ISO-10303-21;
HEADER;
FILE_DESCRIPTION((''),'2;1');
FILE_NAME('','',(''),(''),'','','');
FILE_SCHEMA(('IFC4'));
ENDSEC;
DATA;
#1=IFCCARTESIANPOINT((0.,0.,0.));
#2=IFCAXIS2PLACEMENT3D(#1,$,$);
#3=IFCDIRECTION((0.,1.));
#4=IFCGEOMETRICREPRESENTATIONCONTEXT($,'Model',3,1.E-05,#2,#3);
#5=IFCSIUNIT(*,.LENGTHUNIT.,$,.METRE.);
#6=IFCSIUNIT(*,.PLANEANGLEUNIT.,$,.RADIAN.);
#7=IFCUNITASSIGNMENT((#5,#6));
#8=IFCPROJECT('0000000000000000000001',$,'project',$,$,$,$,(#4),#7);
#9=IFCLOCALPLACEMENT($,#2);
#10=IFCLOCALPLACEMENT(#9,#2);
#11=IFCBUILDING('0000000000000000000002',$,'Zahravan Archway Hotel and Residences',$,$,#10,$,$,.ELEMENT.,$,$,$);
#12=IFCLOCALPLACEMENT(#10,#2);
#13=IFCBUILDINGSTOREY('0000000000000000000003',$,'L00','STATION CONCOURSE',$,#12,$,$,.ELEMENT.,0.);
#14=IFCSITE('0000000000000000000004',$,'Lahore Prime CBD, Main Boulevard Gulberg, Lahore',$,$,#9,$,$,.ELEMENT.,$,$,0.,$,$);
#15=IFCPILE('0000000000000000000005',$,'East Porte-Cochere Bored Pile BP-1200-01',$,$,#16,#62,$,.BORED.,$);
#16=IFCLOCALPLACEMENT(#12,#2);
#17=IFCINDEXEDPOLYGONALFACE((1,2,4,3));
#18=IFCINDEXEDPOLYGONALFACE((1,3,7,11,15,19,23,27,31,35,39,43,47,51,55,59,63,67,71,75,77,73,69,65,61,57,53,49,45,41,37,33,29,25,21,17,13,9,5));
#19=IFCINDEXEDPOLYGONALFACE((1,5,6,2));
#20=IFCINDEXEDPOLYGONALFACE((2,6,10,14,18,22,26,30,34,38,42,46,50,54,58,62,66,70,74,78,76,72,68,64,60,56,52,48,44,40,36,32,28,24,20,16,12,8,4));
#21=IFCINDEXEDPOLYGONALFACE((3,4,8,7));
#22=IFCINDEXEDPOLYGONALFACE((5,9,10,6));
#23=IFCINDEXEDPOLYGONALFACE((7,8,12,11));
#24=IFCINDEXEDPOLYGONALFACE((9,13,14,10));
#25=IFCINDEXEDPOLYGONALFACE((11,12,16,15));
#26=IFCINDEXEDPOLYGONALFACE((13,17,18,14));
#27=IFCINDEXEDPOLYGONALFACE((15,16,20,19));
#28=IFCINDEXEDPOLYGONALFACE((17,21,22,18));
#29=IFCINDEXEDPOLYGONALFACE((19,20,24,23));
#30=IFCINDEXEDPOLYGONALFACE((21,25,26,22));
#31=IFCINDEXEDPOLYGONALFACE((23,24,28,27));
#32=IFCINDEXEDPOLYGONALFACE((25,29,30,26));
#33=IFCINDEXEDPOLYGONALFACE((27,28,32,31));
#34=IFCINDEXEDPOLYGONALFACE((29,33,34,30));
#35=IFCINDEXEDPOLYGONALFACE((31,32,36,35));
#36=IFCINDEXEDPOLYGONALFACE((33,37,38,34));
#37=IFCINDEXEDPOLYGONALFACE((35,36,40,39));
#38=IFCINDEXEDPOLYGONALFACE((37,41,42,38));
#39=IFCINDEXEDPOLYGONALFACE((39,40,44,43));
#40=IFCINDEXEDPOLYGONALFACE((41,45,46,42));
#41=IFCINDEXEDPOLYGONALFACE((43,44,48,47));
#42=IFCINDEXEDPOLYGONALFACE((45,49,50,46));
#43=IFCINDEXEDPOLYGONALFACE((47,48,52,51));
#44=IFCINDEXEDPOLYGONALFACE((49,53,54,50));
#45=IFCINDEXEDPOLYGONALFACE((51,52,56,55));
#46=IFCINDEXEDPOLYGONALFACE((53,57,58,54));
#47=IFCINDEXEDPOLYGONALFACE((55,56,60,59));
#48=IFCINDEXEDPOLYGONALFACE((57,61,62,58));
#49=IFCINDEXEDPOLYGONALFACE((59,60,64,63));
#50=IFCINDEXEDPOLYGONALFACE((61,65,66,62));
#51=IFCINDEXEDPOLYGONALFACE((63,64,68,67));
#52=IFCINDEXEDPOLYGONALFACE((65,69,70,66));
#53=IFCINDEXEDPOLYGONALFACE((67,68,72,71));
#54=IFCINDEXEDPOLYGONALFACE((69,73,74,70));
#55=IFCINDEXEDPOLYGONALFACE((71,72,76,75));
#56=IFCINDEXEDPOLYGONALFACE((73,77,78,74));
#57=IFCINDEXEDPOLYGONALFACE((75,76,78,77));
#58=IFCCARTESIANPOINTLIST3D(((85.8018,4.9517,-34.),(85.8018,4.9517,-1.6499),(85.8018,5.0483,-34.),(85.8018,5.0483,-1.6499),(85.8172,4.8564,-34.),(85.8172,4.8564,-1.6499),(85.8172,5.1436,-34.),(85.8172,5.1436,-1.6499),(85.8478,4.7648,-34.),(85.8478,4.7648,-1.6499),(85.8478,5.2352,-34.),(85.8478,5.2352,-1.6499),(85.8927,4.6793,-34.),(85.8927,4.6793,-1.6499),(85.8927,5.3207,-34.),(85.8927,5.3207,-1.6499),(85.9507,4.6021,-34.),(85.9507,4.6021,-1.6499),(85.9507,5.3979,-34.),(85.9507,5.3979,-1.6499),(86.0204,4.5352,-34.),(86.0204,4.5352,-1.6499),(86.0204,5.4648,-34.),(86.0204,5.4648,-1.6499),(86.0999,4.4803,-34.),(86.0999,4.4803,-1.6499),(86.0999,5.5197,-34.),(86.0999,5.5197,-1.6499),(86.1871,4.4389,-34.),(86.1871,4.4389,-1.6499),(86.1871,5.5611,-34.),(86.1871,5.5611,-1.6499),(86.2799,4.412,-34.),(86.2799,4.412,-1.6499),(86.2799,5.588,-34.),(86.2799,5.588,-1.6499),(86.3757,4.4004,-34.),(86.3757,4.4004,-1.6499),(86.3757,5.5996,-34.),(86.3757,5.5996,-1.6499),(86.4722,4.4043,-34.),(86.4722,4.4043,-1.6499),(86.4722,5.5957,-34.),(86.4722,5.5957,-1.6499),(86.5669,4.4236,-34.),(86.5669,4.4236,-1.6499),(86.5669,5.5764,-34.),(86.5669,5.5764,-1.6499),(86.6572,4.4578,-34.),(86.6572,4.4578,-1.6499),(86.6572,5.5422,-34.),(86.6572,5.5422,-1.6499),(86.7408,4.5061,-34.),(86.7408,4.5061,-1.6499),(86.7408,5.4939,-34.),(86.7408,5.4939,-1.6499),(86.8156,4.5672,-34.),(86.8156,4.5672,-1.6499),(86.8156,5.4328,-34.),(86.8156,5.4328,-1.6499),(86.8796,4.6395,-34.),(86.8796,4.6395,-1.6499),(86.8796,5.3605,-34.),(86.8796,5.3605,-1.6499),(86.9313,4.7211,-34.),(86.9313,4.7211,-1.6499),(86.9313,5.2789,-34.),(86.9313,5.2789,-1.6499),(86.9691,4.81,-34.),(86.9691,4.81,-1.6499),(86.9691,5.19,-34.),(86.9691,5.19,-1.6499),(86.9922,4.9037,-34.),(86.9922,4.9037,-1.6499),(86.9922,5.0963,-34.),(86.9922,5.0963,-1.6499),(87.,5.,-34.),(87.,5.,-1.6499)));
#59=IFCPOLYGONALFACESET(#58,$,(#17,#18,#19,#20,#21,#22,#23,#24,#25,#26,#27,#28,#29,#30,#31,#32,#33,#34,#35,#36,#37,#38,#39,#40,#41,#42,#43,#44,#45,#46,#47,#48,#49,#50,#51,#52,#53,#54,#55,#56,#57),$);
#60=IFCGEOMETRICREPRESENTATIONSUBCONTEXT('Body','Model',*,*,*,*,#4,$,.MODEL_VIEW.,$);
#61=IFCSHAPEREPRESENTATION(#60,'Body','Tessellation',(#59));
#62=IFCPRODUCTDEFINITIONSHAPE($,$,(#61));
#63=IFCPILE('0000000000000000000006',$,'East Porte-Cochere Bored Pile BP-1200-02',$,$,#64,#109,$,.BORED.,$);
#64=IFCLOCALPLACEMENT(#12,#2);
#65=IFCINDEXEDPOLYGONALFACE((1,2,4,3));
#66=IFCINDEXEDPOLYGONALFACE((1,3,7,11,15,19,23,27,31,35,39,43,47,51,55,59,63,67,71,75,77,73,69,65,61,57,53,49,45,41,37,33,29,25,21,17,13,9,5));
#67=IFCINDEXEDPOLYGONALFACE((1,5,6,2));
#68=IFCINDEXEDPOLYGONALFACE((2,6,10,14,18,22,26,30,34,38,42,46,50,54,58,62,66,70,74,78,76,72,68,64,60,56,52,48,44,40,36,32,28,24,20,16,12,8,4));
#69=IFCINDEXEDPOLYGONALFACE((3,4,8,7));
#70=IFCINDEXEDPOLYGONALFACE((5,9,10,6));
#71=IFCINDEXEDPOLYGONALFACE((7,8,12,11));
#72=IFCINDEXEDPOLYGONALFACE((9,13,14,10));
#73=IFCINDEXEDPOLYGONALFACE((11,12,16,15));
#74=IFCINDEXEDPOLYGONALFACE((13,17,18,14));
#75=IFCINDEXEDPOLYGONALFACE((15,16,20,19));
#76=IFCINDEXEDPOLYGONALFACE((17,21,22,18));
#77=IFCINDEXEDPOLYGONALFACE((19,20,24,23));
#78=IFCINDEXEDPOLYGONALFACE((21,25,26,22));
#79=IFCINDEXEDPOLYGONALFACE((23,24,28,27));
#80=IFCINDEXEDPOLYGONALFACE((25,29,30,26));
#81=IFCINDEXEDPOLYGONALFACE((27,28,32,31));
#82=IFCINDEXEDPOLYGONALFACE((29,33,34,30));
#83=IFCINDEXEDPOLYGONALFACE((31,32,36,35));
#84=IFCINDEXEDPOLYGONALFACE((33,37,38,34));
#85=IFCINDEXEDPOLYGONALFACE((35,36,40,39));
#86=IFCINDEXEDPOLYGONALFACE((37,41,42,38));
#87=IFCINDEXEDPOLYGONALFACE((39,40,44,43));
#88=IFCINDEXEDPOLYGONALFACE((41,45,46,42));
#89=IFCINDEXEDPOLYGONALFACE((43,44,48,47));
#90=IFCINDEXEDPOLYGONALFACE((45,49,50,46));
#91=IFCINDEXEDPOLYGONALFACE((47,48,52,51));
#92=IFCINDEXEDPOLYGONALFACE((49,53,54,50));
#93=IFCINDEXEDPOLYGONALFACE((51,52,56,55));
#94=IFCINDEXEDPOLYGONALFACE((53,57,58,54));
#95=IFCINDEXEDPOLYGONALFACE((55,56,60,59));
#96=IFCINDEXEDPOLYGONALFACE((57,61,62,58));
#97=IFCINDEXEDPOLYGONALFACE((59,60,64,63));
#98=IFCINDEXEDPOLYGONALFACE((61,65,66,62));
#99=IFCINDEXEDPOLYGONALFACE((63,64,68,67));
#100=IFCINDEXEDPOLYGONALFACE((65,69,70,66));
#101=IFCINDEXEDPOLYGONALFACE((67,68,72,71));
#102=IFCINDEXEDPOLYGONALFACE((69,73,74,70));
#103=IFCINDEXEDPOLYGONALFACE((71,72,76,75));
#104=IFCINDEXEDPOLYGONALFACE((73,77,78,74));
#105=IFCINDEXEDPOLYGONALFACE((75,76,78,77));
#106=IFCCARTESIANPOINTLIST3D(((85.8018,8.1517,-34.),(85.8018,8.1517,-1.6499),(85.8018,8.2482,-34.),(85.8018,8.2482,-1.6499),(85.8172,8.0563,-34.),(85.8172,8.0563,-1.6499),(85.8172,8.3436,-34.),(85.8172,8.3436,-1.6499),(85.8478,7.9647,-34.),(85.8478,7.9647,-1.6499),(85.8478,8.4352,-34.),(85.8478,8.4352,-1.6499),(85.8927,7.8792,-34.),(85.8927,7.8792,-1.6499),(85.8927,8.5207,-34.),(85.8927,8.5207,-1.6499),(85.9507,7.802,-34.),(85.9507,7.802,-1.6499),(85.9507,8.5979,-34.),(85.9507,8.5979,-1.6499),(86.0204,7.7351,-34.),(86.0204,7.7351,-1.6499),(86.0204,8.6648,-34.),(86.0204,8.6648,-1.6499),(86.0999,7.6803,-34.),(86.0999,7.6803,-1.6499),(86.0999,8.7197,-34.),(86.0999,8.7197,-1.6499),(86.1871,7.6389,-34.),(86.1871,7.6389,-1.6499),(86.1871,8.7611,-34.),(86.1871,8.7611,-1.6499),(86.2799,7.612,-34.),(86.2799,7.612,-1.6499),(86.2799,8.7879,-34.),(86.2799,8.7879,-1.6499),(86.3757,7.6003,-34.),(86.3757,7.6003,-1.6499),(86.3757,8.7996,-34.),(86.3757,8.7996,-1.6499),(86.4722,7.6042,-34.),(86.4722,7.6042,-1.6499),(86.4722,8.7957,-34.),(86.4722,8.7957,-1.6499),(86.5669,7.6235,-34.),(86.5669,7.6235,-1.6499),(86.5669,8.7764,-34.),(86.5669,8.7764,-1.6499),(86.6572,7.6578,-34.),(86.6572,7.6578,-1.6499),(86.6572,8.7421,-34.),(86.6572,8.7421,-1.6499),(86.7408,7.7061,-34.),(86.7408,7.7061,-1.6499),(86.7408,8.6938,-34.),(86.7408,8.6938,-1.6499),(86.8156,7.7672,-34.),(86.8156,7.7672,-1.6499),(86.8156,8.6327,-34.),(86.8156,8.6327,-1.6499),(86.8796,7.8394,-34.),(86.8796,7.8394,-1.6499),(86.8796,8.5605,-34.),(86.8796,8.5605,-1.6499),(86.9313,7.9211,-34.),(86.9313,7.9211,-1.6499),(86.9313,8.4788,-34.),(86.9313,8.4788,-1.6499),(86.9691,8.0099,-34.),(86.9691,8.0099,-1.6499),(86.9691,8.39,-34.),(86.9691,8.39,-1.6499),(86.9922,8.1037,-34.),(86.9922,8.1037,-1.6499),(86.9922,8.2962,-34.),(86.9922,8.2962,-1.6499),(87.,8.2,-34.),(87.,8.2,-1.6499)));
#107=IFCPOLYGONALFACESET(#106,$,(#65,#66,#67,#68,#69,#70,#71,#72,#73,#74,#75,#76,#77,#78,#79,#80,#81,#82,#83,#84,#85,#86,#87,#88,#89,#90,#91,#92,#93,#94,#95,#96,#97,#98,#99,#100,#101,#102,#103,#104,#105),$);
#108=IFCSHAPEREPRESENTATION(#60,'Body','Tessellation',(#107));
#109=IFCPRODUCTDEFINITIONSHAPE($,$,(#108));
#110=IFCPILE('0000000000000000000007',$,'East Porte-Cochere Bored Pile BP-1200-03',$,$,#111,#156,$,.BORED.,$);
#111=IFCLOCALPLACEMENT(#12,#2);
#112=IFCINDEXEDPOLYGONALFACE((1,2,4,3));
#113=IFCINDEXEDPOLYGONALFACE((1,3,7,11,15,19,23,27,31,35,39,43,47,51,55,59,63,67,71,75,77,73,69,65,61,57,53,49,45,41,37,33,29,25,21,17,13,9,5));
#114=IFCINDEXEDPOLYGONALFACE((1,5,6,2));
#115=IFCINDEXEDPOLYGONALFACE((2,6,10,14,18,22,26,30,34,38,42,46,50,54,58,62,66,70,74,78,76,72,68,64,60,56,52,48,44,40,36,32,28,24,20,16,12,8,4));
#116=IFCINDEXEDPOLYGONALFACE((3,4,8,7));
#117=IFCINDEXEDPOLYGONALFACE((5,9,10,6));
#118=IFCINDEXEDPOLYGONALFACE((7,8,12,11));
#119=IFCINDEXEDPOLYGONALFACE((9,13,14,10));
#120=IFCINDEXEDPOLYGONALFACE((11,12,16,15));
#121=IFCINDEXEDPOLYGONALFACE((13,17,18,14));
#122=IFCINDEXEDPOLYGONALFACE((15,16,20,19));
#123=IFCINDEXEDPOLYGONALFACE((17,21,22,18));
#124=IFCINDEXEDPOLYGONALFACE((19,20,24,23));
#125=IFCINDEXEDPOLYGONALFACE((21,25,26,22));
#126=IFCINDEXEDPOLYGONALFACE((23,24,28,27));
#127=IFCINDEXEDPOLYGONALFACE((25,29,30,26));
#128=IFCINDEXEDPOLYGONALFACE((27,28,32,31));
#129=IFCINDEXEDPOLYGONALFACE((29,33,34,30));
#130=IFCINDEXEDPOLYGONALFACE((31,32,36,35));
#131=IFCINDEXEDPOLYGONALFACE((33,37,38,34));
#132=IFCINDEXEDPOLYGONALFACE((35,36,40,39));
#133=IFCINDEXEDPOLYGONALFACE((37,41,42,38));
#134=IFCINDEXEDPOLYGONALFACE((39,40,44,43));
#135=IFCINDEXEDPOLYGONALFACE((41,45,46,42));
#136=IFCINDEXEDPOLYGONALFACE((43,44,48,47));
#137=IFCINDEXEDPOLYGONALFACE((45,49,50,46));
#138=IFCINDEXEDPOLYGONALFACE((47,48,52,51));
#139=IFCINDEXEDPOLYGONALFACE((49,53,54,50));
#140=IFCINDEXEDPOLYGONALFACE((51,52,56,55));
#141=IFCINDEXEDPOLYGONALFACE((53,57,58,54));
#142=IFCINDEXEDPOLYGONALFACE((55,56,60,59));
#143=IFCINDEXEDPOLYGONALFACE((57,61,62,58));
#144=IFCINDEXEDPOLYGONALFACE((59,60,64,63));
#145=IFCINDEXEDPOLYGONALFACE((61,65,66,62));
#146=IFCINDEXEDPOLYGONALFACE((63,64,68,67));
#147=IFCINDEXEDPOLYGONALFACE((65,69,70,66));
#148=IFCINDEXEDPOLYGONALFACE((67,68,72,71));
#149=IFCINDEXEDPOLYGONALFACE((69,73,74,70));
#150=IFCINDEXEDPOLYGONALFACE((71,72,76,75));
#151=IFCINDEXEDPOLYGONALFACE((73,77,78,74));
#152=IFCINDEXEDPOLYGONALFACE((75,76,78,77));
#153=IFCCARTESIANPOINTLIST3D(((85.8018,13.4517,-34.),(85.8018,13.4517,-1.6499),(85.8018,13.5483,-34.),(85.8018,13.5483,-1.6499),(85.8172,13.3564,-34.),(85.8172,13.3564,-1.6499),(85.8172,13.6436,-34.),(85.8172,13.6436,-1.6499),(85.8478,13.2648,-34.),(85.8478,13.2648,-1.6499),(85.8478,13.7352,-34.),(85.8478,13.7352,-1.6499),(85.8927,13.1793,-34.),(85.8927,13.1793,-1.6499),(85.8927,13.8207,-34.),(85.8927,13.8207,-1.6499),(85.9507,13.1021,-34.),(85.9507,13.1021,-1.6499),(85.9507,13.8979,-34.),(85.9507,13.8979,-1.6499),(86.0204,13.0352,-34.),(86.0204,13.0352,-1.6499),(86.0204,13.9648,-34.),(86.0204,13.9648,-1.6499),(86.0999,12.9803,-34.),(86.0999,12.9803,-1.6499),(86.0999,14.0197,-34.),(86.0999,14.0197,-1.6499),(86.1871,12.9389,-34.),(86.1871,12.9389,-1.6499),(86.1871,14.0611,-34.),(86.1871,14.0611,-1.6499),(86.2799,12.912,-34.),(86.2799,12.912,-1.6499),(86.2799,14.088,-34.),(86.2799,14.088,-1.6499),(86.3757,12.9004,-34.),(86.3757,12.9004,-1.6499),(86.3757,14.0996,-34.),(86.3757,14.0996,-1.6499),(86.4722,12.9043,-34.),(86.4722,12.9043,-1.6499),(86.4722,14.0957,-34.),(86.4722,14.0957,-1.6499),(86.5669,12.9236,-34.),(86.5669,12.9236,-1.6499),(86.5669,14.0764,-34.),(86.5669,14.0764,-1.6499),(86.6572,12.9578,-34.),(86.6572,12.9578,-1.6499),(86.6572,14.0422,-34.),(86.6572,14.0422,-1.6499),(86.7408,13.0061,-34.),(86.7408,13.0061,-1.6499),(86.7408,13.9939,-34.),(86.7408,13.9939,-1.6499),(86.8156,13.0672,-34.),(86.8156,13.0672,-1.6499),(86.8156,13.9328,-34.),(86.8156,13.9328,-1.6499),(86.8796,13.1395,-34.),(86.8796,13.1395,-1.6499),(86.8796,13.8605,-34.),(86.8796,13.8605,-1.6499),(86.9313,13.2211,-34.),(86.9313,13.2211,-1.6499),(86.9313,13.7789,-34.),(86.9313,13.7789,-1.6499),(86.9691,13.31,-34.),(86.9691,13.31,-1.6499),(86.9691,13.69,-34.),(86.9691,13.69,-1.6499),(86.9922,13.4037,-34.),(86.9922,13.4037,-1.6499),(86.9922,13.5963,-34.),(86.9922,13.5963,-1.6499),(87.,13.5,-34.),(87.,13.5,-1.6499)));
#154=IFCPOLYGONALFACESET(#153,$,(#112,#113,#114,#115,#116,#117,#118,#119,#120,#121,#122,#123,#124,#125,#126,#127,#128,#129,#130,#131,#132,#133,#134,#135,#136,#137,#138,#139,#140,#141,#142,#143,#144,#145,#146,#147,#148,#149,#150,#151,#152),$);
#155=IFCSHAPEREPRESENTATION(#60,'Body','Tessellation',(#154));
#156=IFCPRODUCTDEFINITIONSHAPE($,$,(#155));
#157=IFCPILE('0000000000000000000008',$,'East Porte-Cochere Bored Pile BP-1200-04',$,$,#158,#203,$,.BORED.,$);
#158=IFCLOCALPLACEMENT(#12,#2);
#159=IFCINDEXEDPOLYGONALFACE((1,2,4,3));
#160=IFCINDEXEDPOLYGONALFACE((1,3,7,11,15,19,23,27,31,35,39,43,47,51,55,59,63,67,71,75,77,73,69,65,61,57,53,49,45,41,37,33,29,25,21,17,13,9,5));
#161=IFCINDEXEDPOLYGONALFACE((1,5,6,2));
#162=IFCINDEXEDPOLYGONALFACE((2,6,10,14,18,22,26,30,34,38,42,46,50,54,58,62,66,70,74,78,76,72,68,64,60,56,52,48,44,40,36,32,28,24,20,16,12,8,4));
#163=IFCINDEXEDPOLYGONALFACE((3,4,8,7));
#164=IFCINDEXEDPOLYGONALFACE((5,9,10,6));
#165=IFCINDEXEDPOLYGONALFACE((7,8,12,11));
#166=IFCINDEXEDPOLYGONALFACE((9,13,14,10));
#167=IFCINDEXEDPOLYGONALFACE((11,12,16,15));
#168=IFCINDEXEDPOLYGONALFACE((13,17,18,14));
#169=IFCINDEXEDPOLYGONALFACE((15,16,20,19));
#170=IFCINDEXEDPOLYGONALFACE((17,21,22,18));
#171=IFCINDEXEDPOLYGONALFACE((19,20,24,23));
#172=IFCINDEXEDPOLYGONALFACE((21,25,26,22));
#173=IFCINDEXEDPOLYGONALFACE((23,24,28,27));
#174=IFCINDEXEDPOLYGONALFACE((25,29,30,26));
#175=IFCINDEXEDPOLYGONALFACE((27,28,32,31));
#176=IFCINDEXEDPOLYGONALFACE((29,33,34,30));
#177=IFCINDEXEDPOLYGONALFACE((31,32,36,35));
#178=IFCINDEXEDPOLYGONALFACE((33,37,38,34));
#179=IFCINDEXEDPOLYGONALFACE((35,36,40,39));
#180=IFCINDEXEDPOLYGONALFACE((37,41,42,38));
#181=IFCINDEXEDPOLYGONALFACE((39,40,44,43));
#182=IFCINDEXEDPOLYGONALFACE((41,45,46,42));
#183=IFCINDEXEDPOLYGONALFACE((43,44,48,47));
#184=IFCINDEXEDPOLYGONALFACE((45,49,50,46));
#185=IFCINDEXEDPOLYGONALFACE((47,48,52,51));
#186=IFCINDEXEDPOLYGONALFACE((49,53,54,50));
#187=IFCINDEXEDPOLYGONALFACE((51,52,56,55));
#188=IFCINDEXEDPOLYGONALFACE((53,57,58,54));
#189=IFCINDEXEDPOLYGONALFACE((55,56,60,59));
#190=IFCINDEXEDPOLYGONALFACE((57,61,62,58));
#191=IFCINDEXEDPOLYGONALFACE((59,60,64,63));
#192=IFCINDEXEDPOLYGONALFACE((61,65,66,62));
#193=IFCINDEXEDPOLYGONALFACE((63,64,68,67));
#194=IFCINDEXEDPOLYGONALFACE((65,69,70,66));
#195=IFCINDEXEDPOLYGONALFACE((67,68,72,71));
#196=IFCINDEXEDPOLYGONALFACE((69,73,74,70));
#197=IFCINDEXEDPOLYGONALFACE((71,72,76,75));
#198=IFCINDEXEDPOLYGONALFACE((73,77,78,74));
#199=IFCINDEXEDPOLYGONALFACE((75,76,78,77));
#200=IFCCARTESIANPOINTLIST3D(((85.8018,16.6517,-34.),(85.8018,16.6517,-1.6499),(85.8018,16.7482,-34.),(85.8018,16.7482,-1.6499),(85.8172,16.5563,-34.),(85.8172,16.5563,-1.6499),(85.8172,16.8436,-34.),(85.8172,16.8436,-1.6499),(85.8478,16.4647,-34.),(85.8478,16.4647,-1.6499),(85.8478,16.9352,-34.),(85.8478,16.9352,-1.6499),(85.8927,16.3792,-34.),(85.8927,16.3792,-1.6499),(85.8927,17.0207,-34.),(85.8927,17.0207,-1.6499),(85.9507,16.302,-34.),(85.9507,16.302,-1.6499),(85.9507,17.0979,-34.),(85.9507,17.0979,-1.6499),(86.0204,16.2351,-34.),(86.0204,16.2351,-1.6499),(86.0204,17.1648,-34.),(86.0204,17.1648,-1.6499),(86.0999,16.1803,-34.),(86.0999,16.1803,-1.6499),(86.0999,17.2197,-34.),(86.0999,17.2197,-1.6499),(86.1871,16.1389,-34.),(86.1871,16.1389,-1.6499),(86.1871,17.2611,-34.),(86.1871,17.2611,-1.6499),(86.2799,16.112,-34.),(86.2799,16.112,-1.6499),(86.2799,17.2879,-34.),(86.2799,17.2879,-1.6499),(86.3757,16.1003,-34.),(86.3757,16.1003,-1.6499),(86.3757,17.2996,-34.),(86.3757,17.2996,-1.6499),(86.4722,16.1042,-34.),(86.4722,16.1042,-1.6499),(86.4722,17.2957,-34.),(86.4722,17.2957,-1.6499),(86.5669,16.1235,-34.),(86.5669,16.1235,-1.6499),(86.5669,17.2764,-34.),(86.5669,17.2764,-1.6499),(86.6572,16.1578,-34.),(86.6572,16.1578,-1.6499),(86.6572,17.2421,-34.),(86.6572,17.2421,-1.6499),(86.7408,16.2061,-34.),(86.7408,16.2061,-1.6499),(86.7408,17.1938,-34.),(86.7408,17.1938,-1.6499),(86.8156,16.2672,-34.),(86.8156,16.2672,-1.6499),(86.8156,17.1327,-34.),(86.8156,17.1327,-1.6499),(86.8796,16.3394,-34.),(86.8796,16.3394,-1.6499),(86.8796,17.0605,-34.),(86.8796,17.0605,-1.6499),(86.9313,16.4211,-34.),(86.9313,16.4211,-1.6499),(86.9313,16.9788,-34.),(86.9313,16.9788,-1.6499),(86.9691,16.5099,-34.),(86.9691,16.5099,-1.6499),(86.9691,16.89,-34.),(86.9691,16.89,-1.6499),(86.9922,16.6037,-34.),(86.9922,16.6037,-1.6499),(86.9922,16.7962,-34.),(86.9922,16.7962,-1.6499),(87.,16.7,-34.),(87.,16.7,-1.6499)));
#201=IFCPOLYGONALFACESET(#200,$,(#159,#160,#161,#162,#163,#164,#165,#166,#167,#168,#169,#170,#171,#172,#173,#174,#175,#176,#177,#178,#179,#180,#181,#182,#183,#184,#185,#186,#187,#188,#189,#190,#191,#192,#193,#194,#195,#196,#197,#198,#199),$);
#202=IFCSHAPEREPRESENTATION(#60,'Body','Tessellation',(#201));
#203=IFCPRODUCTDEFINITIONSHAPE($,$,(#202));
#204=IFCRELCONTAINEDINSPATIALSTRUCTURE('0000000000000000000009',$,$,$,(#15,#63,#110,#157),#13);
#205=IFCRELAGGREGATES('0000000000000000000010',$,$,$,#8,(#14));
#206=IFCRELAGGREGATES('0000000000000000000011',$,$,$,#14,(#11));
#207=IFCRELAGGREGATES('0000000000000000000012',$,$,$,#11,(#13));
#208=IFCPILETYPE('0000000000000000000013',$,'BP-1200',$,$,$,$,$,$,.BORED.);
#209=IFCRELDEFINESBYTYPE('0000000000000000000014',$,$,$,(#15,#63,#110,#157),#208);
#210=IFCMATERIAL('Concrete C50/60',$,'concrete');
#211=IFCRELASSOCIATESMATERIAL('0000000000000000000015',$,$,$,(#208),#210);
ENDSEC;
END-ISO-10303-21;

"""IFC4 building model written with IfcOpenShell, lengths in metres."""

from ifc_helpers import new_model, si_unit, direction, frame, origin, origin_2d, place, context, subcontext, project, spatial, circle, extrude, source, transform, mapped, material, material_profile, profile_set, type_object, type_shapes, element, save


model = new_model("IFC4")

# Units and contexts
model_context = context("Model", 3, precision=1e-05, world=origin(), true_north=direction((0.0, 1.0)))
body_context = subcontext(model_context, "Body", "Model", "MODEL_VIEW")
ifc_project = project(units=[si_unit("LENGTHUNIT", "METRE"), si_unit("PLANEANGLEUNIT", "RADIAN")], contexts=[model_context])

# Site, building, storey
site_placement = place(None, origin())
site = spatial("IfcSite", under=ifc_project, at=site_placement, Name="Lahore Prime CBD, Main Boulevard Gulberg, Lahore", CompositionType="ELEMENT", RefElevation=0.0)
building_placement = place(site_placement, origin())
building = spatial("IfcBuilding", under=site, at=building_placement, Name="Zahravan Archway Hotel and Residences", CompositionType="ELEMENT")
storey_placement = place(building_placement, origin())
storey = spatial("IfcBuildingStorey", under=building, at=storey_placement, Name="L00", Description="STATION CONCOURSE", CompositionType="ELEMENT", Elevation=0.0)

# Piles
ifc_material_1 = material(Name="Concrete C50/60", Category="concrete")
ifc_material_profile_1 = material_profile(ifc_material_1, circle(Radius=0.6001, at=origin_2d()), Name="PILE D1200", Category="concrete")
ifc_profile_set_1 = profile_set([ifc_material_profile_1], Name="Concrete C50/60")
pile_type = type_object("IfcPileType", Name="BP-1200", PredefinedType="BORED", material=ifc_profile_set_1)
shared_shape_1 = source(origin(), body_context, "Body", "SweptSolid", [
    extrude(circle(Radius=0.6001, at=origin_2d()), origin(), (0.0, 0.0, 1.0), 32.3501),
])
type_shapes(pile_type, [shared_shape_1])
for number, where, z_axis, x_axis, name in (
    (1, (86.3999, 5.0, -1.6499), (0.0, 0.0, -1.0), (1.0, 0.0, 0.0), "East Porte-Cochere Bored Pile BP-1200-01"),
    (2, (86.3999, 8.2, -1.6499), (0.0, 0.0, -1.0), (1.0, 0.0, 0.0), "East Porte-Cochere Bored Pile BP-1200-02"),
    (3, (86.3999, 13.5, -1.6499), (0.0, 0.0, -1.0), (1.0, 0.0, 0.0), "East Porte-Cochere Bored Pile BP-1200-03"),
    (4, (86.3999, 16.7, -1.6499), (0.0, 0.0, -1.0), (1.0, 0.0, 0.0), "East Porte-Cochere Bored Pile BP-1200-04"),
):
    element("IfcPile", number, at=place(storey_placement, frame(where, z_axis=z_axis, x_axis=x_axis)), inside=storey, type_object=pile_type, Name=name, PredefinedType="BORED", context=body_context, shape_type="MappedRepresentation", body=[
        mapped(shared_shape_1, transform((0.0, 0.0, 0.0), scale=1.0)),
    ])

save(model, "model.ifc")
